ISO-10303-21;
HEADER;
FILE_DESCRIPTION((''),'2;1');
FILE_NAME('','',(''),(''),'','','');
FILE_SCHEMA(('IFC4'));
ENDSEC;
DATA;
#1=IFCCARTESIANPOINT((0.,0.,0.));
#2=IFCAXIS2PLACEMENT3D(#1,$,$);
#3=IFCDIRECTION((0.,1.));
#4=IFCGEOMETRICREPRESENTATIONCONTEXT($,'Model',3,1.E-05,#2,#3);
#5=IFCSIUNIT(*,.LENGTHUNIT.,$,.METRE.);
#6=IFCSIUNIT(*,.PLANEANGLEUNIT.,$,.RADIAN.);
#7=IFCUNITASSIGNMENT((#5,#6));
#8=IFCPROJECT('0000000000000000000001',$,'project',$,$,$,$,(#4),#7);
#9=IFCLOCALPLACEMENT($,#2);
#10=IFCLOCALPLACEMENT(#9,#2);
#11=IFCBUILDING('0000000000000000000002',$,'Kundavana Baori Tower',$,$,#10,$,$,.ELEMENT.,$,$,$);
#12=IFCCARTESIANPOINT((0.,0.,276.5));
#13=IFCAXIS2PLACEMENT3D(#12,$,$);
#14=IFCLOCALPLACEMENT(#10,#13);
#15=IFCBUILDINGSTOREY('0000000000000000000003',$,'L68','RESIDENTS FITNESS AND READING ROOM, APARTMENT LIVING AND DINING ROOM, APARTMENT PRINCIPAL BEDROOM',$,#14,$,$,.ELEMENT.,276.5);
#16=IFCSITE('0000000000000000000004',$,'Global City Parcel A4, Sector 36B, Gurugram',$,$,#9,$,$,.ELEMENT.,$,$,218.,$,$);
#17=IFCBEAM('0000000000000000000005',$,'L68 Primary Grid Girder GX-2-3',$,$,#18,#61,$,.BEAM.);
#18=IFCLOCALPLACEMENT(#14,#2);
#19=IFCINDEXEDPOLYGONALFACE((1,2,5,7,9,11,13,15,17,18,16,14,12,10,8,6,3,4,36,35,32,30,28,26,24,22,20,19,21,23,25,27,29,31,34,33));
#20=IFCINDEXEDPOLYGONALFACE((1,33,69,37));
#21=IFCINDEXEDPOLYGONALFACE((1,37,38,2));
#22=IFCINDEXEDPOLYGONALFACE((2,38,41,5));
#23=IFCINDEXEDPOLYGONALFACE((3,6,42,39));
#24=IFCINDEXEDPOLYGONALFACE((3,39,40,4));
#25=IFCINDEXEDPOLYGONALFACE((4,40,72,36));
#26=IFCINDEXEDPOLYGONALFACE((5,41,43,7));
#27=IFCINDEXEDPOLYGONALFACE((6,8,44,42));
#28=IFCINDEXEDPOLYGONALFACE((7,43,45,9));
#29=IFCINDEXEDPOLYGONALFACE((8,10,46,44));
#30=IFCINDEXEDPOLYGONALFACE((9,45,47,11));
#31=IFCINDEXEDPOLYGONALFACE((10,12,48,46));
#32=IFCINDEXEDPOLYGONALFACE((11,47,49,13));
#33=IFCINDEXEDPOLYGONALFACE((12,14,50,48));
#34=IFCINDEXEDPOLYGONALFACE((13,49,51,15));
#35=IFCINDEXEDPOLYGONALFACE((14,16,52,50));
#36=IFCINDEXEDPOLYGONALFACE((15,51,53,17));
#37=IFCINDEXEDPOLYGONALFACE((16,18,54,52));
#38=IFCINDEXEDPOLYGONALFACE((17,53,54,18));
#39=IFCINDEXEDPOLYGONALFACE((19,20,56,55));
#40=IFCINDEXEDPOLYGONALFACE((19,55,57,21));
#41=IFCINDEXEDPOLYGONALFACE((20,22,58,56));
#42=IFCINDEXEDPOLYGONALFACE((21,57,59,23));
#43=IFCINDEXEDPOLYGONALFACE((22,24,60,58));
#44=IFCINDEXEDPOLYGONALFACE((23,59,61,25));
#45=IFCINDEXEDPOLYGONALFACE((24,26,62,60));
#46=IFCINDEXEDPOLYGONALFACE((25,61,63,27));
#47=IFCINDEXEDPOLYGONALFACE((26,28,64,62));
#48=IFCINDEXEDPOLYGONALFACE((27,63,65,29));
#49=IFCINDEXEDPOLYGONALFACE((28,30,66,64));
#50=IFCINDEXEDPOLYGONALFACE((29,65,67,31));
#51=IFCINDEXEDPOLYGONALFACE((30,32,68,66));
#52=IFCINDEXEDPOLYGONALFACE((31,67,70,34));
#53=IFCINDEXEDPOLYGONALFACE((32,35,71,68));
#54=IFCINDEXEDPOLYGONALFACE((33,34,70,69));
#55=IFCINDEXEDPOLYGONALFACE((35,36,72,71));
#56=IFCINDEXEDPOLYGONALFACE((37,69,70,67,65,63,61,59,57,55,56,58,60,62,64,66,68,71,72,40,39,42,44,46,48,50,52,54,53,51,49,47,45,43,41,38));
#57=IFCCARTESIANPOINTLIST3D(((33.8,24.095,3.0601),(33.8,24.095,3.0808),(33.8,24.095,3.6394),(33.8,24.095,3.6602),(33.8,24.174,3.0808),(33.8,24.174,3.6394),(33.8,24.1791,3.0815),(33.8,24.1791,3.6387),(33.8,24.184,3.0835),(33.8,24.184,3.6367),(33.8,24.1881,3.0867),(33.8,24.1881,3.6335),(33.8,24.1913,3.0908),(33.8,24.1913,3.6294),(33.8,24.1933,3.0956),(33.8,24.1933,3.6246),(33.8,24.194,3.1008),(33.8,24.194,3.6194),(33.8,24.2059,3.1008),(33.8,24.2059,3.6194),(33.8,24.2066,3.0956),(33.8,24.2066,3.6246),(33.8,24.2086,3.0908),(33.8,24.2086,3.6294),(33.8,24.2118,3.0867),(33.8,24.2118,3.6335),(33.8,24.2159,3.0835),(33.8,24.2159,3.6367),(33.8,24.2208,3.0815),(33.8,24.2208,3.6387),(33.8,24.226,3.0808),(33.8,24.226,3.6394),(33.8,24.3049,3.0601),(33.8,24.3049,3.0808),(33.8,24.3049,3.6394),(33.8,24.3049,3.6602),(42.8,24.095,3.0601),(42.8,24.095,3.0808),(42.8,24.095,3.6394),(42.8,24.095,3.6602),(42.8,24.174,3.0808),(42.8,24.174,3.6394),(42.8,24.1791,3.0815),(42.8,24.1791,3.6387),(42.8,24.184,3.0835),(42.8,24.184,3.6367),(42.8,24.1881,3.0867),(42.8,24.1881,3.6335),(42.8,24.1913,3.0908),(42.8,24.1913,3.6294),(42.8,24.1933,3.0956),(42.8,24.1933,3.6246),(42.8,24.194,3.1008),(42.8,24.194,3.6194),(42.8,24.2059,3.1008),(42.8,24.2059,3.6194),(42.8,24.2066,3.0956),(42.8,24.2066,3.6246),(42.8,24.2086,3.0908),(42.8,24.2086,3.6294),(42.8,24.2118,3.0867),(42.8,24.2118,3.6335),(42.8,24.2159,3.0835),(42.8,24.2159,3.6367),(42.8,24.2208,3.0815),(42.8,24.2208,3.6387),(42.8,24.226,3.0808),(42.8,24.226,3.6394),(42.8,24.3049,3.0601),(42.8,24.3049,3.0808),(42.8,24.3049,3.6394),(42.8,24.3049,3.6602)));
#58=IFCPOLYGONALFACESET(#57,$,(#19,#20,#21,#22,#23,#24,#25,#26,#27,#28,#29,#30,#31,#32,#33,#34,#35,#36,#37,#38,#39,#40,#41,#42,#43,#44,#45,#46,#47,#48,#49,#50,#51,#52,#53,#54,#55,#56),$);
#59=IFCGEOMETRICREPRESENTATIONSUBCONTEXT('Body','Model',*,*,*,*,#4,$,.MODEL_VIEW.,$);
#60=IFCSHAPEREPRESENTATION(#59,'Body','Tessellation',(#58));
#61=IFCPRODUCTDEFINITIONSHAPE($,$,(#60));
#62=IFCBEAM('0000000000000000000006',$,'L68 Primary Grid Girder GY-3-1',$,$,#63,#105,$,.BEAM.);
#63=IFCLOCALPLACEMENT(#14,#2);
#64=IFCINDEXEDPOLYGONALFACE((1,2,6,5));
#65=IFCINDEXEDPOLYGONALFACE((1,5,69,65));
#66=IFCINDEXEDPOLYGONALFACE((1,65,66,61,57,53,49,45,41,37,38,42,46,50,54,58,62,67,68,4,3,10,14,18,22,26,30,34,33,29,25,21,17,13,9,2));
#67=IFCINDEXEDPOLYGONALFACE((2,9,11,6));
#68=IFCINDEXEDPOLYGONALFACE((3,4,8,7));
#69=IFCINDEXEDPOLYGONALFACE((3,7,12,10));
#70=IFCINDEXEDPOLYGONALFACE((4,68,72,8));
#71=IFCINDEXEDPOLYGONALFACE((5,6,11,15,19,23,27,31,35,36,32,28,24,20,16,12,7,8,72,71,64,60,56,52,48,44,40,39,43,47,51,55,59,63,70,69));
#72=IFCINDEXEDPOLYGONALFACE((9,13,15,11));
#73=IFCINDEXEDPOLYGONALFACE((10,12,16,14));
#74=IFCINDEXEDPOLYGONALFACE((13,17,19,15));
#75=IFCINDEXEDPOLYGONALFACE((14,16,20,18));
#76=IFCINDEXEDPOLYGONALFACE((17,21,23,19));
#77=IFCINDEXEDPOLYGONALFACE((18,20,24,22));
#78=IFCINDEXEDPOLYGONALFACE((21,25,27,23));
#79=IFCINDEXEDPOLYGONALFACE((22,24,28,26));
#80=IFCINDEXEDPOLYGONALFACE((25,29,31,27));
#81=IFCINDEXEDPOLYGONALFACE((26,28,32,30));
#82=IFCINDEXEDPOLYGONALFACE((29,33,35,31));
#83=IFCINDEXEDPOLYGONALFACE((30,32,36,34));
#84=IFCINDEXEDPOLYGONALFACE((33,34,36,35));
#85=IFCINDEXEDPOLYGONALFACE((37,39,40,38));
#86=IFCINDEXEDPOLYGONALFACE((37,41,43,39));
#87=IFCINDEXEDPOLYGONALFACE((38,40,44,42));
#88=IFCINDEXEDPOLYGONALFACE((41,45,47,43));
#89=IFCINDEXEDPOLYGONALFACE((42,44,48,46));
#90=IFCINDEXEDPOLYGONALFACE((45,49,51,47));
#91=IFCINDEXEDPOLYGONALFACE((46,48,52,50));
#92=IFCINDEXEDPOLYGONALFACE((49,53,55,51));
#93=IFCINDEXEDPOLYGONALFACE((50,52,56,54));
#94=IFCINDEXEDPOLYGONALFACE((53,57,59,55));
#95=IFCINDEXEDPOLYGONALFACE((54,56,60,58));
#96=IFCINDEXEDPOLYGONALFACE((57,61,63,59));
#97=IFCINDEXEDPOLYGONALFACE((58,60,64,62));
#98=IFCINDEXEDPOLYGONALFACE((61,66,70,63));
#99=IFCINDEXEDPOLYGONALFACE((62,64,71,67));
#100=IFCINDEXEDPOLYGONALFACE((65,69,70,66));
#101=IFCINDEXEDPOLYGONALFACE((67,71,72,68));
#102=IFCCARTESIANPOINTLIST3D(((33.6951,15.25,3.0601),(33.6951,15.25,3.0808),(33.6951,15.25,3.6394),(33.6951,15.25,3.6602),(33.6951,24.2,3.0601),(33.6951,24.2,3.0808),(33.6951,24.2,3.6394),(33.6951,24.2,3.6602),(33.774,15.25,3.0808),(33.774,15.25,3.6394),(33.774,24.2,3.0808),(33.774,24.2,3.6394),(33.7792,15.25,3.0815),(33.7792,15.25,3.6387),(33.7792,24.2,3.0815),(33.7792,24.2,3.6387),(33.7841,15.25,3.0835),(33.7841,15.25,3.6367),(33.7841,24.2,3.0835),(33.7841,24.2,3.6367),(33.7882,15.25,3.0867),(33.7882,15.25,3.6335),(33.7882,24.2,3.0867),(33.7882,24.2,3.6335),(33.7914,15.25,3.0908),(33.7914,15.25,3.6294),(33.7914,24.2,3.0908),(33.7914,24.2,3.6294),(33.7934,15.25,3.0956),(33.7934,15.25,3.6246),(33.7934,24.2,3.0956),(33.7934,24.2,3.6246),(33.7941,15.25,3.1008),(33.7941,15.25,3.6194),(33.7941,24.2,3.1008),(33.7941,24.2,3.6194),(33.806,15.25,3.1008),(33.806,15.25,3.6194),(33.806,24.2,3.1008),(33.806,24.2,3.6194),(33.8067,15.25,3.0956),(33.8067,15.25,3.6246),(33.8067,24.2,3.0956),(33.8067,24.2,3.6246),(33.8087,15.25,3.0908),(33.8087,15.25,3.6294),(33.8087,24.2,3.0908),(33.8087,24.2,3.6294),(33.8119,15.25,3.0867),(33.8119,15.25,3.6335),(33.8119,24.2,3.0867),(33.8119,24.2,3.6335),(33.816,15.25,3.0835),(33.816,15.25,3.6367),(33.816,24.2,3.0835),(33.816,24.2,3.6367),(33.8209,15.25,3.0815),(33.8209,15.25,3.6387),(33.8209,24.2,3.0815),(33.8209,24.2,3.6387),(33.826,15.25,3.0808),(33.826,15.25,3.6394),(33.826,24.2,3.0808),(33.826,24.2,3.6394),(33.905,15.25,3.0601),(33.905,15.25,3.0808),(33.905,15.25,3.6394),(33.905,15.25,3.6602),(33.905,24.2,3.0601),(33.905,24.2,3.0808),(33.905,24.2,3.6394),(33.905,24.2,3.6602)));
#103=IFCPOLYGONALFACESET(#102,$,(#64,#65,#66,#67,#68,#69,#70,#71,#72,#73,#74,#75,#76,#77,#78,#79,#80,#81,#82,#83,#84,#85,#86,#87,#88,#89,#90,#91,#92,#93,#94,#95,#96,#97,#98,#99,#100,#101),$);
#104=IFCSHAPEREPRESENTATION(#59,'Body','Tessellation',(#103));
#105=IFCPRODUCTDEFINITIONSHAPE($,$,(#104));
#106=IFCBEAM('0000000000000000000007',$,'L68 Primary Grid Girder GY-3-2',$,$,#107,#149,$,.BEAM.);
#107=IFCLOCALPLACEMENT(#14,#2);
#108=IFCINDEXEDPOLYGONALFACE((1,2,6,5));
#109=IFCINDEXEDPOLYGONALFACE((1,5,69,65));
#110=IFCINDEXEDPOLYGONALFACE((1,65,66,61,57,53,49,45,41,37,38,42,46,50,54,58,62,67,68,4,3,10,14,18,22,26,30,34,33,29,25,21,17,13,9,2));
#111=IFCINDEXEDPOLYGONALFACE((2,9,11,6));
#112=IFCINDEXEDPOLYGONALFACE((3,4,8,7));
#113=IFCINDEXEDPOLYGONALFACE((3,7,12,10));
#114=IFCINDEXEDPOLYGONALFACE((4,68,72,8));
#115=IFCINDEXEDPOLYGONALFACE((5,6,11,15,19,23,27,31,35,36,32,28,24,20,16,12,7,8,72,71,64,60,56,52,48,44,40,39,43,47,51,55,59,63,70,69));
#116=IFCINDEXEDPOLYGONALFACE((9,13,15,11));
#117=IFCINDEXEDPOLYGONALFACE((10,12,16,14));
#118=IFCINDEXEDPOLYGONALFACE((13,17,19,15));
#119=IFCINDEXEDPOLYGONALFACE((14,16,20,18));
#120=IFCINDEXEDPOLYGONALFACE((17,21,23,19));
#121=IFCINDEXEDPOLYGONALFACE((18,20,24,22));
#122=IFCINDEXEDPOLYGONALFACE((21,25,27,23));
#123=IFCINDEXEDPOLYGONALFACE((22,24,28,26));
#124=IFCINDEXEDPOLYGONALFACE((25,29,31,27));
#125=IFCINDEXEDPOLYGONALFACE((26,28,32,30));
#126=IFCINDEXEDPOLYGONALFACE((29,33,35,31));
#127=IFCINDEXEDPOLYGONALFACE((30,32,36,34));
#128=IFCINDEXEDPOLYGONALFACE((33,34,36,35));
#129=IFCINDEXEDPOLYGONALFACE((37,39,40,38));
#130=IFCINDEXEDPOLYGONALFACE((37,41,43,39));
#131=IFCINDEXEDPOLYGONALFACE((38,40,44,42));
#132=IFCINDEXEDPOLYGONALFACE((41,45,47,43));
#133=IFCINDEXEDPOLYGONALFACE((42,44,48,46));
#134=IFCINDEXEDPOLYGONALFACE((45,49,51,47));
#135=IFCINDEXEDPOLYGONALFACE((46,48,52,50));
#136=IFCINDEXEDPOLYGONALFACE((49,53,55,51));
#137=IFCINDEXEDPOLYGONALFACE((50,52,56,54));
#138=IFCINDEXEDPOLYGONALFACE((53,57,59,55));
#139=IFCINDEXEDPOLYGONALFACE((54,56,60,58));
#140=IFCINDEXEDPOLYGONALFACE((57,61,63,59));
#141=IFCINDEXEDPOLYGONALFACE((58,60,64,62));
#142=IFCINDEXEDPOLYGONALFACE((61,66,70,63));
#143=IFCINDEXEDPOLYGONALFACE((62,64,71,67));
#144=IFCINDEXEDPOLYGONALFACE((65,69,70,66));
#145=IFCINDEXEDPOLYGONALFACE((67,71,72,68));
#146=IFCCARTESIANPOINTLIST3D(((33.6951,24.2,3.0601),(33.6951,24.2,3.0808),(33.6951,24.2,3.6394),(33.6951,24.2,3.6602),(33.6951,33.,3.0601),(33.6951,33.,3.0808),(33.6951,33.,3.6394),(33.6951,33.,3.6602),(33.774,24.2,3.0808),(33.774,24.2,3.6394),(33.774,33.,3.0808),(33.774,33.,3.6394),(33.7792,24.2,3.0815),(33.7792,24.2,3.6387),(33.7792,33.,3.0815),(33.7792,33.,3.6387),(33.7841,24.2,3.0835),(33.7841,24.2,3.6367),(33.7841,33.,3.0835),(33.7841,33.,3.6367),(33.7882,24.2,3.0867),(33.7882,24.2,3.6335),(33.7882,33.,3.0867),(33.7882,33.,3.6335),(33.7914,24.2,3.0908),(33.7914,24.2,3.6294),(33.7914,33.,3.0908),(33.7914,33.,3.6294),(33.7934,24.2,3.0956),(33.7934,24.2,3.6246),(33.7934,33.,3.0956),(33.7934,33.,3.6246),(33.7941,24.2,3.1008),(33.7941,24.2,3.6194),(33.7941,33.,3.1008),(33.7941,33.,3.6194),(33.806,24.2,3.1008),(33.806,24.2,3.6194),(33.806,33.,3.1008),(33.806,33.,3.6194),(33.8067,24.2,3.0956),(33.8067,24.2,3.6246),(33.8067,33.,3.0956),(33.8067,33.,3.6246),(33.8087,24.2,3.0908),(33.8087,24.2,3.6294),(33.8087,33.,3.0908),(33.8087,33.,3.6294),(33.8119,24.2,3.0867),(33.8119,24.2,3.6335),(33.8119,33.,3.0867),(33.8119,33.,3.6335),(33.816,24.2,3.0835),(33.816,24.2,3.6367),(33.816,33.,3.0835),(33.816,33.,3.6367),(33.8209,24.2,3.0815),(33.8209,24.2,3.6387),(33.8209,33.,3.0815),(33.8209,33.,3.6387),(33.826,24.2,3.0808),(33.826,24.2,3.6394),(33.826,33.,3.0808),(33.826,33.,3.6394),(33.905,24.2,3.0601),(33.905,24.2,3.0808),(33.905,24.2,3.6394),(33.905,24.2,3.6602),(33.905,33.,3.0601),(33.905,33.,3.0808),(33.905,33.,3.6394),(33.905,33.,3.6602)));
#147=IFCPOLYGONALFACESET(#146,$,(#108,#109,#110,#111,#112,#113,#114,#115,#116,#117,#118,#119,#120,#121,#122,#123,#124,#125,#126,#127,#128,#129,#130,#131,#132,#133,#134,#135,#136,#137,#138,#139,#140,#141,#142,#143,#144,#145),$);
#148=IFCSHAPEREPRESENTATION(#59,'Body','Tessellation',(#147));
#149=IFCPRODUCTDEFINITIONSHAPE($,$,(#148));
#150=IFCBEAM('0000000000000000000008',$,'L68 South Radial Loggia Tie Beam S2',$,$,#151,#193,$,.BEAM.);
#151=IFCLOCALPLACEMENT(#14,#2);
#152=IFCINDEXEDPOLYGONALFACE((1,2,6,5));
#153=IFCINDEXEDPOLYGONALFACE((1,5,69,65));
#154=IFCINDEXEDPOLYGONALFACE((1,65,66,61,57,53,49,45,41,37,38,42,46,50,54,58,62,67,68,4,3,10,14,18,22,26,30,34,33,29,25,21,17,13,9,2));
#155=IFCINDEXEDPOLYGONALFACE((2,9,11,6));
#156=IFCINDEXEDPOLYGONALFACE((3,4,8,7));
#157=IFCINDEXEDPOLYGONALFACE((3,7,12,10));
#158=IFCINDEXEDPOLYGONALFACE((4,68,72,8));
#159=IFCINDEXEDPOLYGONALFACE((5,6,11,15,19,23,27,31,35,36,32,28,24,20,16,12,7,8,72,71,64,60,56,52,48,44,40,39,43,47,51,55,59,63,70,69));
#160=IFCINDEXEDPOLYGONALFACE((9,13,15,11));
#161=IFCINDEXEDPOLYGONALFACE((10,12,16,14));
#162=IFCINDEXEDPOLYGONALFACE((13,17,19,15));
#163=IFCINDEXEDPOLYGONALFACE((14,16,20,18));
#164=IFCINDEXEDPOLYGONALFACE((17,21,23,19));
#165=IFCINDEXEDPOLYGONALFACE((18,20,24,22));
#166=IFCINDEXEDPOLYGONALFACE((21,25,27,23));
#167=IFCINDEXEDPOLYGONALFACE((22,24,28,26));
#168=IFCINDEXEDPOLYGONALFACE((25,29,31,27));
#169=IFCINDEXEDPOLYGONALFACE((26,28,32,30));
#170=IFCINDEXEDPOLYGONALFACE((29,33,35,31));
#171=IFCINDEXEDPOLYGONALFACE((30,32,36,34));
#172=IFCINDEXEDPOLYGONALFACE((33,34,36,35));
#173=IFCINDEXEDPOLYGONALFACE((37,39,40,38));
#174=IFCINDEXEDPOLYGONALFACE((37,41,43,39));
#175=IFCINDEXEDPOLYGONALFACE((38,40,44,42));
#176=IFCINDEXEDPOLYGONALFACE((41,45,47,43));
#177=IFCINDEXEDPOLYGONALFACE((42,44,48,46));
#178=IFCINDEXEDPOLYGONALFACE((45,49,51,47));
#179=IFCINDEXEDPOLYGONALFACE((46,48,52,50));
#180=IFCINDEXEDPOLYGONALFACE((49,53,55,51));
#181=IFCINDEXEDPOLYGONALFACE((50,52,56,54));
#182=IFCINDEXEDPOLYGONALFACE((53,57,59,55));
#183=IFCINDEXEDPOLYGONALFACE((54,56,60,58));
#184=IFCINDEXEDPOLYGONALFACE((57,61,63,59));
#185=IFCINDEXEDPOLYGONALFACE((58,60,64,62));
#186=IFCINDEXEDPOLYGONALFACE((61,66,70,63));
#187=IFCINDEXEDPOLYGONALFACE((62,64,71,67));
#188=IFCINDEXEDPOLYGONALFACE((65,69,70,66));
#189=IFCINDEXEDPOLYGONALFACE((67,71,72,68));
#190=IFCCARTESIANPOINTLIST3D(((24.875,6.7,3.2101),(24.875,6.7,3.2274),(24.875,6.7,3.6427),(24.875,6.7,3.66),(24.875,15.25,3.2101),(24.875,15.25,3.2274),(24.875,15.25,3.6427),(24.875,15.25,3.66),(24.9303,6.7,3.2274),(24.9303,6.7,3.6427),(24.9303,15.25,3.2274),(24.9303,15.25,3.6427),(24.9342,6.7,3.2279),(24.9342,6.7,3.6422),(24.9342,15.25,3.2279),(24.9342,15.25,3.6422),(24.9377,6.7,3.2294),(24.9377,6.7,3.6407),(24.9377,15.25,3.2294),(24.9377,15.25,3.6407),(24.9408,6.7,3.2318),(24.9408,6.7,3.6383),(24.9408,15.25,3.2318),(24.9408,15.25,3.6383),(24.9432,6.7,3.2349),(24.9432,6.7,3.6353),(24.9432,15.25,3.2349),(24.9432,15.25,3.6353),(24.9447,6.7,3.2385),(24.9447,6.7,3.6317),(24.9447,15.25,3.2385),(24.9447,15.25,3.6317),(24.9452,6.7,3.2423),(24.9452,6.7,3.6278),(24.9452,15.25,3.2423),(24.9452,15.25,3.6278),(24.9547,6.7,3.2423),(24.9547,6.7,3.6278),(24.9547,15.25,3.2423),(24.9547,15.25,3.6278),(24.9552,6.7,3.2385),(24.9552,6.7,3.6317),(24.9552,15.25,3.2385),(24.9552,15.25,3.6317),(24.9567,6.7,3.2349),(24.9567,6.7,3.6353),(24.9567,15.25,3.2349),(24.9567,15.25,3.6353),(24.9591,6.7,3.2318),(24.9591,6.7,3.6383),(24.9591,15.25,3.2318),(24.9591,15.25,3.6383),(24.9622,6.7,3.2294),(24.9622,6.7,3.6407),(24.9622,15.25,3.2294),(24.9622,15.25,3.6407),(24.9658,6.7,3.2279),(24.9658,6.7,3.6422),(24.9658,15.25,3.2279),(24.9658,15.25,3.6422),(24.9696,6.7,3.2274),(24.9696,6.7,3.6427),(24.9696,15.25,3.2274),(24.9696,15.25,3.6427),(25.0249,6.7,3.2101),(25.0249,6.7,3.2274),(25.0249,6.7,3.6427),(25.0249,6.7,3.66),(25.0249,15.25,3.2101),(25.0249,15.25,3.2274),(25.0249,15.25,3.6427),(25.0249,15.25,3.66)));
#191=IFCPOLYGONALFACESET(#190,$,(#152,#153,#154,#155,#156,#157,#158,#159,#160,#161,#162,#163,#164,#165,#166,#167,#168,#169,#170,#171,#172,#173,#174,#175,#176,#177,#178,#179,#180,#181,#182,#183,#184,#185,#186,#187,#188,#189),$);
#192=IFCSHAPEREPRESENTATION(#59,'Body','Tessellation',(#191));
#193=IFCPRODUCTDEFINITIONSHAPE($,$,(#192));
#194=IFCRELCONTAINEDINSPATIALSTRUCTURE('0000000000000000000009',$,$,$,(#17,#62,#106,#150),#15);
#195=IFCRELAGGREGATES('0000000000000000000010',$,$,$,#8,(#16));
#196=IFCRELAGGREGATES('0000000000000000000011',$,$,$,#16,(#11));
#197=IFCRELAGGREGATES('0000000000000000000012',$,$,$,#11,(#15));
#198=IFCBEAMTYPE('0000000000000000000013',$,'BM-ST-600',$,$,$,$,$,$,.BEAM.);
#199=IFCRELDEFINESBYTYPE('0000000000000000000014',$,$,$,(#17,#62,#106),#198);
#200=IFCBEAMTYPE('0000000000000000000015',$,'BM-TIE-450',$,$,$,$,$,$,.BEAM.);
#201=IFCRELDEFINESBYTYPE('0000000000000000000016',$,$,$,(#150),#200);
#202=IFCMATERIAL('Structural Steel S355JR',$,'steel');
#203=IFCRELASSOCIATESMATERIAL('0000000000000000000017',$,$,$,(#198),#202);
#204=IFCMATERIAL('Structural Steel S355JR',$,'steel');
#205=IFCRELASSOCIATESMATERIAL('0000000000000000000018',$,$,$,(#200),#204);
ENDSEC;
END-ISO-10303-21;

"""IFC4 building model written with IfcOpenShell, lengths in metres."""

from ifc_helpers import new_model, si_unit, direction, frame, origin, origin_2d, place, context, subcontext, project, spatial, i_section, extrude, material, material_profile, profile_set, type_object, element, save


model = new_model("IFC4")

# Units and contexts
model_context = context("Model", 3, precision=1e-05, world=origin(), true_north=direction((0.0, 1.0)))
body_context = subcontext(model_context, "Body", "Model", "MODEL_VIEW")
ifc_project = project(units=[si_unit("LENGTHUNIT", "METRE"), si_unit("PLANEANGLEUNIT", "RADIAN")], contexts=[model_context])

# Site, building, storey
site_placement = place(None, origin())
site = spatial("IfcSite", under=ifc_project, at=site_placement, Name="Global City Parcel A4, Sector 36B, Gurugram", CompositionType="ELEMENT", RefElevation=218.0)
building_placement = place(site_placement, origin())
building = spatial("IfcBuilding", under=site, at=building_placement, Name="Kundavana Baori Tower", CompositionType="ELEMENT")
storey_placement = place(building_placement, frame((0.0, 0.0, 276.5)))
storey = spatial("IfcBuildingStorey", under=building, at=storey_placement, Name="L68", Description="RESIDENTS FITNESS AND READING ROOM, APARTMENT LIVING AND DINING ROOM, APARTMENT PRINCIPAL BEDROOM", CompositionType="ELEMENT", Elevation=276.5)

# Beams
ifc_material_1 = material(Name="Structural Steel S355JR", Category="steel")
ifc_material_profile_1 = material_profile(ifc_material_1, i_section(OverallWidth=0.21, OverallDepth=0.6001, WebThickness=0.012, FlangeThickness=0.0208, FilletRadius=0.02, at=origin_2d()), Name="ISMB 600")
ifc_profile_set_1 = profile_set([ifc_material_profile_1], Name="Structural Steel S355JR")
beam_type_1 = type_object("IfcBeamType", Name="BM-ST-600", PredefinedType="BEAM", material=ifc_profile_set_1)
for number, where, z_axis, x_axis, name in (
    (1, (33.8, 24.2, 3.3601), (1.0, 0.0, 0.0), (0.0, 1.0, 0.0), "L68 Primary Grid Girder GX-2-3"),
):
    element("IfcBeam", number, at=place(storey_placement, frame(where, z_axis=z_axis, x_axis=x_axis)), inside=storey, type_object=beam_type_1, Name=name, PredefinedType="BEAM", context=body_context, shape_type="SweptSolid", body=[
        extrude(i_section(OverallWidth=0.21, OverallDepth=0.6001, WebThickness=0.012, FlangeThickness=0.0208, FilletRadius=0.02, at=origin_2d()), origin(), (0.0, 0.0, 1.0), 9.0),
    ])
beam_1_placement = place(storey_placement, frame((33.8, 15.25, 3.3601), z_axis=(0.0, 1.0, 0.0), x_axis=(-1.0, 0.0, 0.0)))
element("IfcBeam", 2, at=beam_1_placement, inside=storey, type_object=beam_type_1, Name="L68 Primary Grid Girder GY-3-1", PredefinedType="BEAM", context=body_context, shape_type="SweptSolid", body=[
    extrude(i_section(OverallWidth=0.21, OverallDepth=0.6001, WebThickness=0.012, FlangeThickness=0.0208, FilletRadius=0.02, at=origin_2d()), origin(), (0.0, 0.0, 1.0), 8.95),
])
beam_2_placement = place(storey_placement, frame((33.8, 24.2, 3.3601), z_axis=(0.0, 1.0, 0.0), x_axis=(-1.0, 0.0, 0.0)))
element("IfcBeam", 3, at=beam_2_placement, inside=storey, type_object=beam_type_1, Name="L68 Primary Grid Girder GY-3-2", PredefinedType="BEAM", context=body_context, shape_type="SweptSolid", body=[
    extrude(i_section(OverallWidth=0.21, OverallDepth=0.6001, WebThickness=0.012, FlangeThickness=0.0208, FilletRadius=0.02, at=origin_2d()), origin(), (0.0, 0.0, 1.0), 8.8),
])
ifc_material_2 = material(Name="Structural Steel S355JR", Category="steel")
ifc_material_profile_2 = material_profile(ifc_material_2, i_section(OverallWidth=0.1499, OverallDepth=0.45, WebThickness=0.0095, FlangeThickness=0.0173, FilletRadius=0.0149, at=origin_2d()), Name="ISMB 450")
ifc_profile_set_2 = profile_set([ifc_material_profile_2], Name="Structural Steel S355JR")
beam_type_2 = type_object("IfcBeamType", Name="BM-TIE-450", PredefinedType="BEAM", material=ifc_profile_set_2)
for number, where, z_axis, x_axis, name in (
    (4, (24.95, 15.25, 3.4351), (0.0, -1.0, 0.0), (1.0, 0.0, 0.0), "L68 South Radial Loggia Tie Beam S2"),
):
    element("IfcBeam", number, at=place(storey_placement, frame(where, z_axis=z_axis, x_axis=x_axis)), inside=storey, type_object=beam_type_2, Name=name, PredefinedType="BEAM", context=body_context, shape_type="SweptSolid", body=[
        extrude(i_section(OverallWidth=0.1499, OverallDepth=0.45, WebThickness=0.0095, FlangeThickness=0.0173, FilletRadius=0.0149, at=origin_2d()), origin(), (0.0, 0.0, 1.0), 8.55),
    ])

save(model, "model.ifc")
